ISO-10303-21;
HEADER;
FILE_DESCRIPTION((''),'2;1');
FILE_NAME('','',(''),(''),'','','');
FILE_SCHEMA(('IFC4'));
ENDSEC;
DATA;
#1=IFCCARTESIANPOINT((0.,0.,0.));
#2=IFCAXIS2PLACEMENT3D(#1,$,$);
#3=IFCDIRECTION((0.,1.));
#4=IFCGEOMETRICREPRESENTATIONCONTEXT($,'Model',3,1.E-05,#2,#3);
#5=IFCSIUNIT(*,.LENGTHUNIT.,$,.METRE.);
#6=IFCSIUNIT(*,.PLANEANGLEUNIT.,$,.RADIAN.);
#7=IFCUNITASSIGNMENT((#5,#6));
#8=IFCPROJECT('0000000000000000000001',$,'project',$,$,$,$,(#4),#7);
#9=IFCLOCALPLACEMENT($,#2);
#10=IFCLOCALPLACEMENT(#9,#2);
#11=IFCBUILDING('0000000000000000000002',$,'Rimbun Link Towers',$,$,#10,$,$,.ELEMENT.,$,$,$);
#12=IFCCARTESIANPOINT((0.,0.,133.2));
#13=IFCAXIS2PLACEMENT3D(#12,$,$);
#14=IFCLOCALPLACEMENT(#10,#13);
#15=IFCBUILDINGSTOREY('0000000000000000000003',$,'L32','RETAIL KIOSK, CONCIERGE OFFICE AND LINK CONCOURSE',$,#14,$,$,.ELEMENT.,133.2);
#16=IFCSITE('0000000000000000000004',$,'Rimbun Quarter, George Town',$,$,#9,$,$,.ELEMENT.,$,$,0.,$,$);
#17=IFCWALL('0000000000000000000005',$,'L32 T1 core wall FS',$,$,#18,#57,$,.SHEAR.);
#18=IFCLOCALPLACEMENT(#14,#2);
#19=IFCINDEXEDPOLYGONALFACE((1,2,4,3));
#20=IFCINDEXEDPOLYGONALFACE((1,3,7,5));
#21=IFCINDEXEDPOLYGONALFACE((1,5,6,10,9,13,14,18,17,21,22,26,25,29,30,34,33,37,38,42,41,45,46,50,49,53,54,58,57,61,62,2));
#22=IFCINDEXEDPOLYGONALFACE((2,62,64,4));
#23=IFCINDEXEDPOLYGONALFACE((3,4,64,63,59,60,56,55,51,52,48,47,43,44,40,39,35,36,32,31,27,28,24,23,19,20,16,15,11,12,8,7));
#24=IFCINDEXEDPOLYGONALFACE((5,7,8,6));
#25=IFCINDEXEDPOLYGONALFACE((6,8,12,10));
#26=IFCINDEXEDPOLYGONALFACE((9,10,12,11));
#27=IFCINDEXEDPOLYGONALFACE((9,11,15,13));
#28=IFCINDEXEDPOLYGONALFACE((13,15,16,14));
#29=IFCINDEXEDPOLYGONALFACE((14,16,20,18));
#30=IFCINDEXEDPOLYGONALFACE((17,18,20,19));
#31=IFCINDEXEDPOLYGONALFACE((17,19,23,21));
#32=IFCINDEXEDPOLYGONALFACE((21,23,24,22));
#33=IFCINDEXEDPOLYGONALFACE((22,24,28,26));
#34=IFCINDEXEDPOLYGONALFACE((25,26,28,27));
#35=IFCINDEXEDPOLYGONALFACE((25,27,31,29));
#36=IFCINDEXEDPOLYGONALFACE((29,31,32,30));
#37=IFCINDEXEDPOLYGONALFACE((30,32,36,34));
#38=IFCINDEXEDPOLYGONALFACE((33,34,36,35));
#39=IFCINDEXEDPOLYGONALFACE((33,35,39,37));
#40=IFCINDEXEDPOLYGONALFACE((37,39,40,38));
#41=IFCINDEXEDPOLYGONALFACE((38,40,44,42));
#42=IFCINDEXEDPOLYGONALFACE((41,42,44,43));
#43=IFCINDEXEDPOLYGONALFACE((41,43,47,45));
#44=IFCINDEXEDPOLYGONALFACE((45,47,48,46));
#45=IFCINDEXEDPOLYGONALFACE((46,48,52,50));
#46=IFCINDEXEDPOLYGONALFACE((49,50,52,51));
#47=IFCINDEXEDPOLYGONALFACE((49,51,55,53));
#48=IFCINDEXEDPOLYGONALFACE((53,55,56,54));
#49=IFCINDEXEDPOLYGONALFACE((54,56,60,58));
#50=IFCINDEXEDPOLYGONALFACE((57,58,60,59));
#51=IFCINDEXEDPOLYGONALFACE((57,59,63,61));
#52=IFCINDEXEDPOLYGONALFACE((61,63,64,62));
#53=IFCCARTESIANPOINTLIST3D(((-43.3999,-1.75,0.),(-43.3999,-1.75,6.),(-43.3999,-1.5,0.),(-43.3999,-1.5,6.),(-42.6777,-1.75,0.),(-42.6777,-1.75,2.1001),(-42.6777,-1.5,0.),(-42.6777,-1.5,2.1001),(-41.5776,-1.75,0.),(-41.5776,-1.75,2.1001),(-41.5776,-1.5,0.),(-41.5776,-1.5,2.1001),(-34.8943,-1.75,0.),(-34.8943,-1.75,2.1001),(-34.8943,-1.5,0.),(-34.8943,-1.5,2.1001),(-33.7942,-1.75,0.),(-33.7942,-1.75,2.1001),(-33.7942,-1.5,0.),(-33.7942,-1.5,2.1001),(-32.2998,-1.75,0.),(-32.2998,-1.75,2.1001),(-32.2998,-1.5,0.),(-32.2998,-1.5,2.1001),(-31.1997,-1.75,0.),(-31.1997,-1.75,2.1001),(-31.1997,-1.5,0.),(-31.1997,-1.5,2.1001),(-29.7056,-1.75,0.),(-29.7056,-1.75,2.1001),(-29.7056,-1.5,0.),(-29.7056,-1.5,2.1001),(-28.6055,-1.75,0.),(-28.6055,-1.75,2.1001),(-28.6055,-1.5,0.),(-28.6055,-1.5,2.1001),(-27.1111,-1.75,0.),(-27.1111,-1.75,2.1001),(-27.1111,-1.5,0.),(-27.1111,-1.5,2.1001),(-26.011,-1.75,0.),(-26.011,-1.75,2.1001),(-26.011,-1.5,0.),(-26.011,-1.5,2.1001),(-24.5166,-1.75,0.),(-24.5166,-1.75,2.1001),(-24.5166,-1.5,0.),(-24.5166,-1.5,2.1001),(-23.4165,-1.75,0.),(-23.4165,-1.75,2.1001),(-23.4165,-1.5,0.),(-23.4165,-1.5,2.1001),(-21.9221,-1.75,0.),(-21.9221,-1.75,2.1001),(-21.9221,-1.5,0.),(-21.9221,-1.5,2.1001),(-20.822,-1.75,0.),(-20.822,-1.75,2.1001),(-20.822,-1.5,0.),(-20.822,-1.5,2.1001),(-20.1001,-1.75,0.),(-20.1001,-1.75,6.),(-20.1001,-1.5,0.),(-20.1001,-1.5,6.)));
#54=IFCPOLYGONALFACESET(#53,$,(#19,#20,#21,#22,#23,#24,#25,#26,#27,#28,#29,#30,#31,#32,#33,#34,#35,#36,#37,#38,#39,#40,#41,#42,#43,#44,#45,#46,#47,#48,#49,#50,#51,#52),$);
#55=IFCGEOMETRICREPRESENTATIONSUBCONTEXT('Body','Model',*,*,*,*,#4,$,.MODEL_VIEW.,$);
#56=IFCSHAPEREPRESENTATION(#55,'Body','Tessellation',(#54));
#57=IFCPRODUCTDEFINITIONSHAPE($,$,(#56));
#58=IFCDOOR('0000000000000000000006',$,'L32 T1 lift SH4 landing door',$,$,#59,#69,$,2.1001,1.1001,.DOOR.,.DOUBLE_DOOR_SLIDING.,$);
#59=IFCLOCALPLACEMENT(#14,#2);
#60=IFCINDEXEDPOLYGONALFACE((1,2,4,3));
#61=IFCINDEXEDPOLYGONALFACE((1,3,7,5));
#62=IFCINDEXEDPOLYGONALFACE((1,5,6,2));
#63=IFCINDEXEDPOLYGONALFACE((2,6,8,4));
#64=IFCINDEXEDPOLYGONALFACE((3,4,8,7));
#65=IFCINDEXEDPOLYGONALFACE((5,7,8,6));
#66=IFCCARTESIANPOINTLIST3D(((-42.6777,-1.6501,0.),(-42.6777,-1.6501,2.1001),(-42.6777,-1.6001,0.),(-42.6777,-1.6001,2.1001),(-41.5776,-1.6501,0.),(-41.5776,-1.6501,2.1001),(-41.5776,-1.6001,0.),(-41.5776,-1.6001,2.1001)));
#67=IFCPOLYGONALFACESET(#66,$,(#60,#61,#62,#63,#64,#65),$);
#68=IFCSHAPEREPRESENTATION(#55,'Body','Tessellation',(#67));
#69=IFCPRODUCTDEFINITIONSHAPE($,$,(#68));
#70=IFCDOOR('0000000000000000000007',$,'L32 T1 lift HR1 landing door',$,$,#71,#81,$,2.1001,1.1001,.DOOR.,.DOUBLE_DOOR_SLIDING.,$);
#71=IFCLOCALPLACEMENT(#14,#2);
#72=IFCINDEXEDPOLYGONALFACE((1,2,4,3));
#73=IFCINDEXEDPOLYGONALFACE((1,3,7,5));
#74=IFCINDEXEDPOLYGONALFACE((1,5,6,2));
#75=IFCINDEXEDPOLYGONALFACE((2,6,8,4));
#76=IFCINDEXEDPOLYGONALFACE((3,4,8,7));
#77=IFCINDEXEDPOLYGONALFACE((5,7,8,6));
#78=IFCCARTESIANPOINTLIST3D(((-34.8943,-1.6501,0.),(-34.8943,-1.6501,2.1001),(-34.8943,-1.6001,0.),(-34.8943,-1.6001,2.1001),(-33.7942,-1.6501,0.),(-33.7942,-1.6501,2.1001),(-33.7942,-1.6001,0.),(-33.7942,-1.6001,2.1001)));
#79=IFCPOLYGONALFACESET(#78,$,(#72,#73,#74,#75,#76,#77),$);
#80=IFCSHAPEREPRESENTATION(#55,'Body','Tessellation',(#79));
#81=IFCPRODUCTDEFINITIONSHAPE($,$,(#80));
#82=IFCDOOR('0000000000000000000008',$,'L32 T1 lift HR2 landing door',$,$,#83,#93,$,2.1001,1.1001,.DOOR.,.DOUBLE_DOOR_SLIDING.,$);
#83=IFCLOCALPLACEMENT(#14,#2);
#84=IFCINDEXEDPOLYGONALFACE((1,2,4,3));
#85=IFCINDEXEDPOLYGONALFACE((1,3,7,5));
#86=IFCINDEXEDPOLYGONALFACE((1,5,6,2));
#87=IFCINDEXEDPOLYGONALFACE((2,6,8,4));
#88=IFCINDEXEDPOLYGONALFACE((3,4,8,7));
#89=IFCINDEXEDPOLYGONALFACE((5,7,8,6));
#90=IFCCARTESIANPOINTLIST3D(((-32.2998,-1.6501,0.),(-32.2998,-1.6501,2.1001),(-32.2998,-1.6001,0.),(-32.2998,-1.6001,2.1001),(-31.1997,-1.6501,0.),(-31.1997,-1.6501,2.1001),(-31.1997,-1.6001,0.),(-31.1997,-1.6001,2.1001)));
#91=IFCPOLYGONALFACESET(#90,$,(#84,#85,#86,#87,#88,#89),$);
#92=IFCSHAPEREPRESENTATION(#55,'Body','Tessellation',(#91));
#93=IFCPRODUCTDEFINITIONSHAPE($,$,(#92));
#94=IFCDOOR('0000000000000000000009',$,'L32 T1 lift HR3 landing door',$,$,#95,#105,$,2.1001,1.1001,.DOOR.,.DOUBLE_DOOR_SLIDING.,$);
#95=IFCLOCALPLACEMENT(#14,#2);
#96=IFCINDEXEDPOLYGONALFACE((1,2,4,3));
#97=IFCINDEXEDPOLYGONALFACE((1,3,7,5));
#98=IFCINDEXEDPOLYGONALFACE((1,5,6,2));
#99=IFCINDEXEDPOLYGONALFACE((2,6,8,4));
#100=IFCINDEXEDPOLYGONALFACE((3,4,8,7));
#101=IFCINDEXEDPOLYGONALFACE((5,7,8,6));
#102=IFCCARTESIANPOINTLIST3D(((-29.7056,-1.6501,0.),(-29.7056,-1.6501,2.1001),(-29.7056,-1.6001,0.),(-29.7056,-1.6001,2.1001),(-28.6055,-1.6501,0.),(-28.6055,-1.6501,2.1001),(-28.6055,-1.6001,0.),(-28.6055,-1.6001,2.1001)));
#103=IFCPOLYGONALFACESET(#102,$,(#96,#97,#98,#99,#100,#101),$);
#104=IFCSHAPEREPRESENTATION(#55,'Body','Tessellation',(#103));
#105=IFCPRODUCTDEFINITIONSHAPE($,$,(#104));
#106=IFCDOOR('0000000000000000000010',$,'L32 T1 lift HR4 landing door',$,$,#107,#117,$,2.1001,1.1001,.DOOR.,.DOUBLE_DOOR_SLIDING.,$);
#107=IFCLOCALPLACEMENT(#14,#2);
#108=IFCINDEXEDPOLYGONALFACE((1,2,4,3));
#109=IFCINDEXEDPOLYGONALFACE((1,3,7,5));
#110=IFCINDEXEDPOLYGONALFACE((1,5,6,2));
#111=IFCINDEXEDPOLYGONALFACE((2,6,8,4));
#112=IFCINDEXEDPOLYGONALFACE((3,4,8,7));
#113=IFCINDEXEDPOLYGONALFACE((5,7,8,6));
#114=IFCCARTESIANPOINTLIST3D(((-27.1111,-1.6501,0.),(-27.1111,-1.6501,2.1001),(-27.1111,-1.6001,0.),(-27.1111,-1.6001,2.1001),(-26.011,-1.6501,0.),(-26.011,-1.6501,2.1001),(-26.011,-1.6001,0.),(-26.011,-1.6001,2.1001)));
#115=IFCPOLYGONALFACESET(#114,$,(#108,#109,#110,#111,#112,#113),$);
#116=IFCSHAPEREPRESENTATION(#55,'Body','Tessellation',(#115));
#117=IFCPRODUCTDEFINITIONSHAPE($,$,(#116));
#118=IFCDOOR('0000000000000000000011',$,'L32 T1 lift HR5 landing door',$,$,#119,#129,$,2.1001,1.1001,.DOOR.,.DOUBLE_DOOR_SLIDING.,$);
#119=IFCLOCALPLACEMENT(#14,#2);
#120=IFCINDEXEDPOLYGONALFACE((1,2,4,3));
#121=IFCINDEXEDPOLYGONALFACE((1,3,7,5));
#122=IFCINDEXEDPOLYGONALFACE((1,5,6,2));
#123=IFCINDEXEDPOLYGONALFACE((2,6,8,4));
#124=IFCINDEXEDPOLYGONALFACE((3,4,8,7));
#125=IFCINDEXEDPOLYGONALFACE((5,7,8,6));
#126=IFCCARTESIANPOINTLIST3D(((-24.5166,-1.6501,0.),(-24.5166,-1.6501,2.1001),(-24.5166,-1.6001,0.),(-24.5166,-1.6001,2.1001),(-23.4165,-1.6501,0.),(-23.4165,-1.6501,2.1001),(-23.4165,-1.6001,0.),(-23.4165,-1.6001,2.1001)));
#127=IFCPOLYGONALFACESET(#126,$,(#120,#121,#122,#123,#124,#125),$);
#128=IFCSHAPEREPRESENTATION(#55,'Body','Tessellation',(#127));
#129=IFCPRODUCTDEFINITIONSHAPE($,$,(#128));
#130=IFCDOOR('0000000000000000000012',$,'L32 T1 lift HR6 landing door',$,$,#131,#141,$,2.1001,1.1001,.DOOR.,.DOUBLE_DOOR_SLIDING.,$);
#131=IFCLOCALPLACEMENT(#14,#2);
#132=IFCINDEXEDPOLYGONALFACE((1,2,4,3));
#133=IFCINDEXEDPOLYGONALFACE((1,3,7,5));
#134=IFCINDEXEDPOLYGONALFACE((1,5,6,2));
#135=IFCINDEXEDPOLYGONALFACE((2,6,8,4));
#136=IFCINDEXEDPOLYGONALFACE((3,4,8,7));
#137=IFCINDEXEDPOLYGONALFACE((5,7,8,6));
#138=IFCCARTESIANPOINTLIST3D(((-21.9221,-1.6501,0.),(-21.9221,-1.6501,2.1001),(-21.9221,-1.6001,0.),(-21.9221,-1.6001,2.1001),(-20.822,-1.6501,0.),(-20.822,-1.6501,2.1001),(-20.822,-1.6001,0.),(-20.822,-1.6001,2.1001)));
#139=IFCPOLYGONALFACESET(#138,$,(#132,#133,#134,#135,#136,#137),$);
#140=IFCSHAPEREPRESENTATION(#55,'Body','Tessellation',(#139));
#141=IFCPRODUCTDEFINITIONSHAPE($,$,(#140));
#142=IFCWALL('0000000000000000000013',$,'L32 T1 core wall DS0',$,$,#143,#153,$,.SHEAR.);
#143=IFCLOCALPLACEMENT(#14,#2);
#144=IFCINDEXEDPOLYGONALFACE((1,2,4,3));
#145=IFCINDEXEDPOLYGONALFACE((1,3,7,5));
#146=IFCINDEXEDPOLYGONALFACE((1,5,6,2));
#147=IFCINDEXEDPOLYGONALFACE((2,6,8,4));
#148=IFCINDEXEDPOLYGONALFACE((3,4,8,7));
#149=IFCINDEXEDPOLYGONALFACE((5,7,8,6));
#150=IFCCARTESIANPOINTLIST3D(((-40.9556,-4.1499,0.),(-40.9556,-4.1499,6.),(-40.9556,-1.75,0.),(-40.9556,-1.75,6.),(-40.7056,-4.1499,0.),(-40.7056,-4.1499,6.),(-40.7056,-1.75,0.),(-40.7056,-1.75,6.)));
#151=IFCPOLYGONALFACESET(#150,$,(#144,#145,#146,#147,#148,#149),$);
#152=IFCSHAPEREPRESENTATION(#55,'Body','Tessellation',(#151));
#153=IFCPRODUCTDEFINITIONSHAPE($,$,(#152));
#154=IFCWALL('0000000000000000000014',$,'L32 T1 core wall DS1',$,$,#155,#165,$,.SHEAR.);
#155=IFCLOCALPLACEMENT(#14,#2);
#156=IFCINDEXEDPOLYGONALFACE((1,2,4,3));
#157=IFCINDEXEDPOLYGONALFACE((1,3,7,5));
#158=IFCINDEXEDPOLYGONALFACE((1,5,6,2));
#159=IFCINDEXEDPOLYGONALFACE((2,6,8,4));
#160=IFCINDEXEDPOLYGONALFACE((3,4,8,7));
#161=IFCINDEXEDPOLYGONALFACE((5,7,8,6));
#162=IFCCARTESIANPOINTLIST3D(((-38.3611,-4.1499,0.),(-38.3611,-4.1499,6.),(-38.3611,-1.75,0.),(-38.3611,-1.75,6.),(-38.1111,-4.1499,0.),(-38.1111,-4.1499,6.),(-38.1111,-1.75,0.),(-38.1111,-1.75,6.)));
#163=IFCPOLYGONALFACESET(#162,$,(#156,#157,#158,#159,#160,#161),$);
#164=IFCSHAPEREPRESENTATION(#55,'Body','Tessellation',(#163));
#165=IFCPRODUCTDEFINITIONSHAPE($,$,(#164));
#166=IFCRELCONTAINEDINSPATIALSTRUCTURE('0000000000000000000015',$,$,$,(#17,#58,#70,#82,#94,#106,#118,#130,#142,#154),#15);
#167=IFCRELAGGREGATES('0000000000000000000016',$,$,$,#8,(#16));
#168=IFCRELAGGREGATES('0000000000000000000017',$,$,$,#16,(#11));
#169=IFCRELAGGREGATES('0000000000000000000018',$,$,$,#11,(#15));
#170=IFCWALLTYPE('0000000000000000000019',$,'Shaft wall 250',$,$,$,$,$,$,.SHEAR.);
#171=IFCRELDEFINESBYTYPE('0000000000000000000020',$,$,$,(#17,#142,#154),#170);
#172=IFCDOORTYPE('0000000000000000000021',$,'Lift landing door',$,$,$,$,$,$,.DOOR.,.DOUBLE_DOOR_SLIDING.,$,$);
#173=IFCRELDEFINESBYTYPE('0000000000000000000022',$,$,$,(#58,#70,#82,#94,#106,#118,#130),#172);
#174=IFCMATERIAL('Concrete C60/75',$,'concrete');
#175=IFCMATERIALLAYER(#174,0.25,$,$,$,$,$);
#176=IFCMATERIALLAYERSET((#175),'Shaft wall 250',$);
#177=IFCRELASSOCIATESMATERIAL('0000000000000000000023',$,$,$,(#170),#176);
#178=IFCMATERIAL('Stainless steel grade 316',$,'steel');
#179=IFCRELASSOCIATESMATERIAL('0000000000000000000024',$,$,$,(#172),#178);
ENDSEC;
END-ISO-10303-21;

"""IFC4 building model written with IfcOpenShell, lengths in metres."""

from ifc_helpers import new_model, si_unit, direction, frame, frame_2d, origin, place, context, subcontext, project, spatial, rectangle, extrude, material, layer, layer_set, type_object, element, fill, save


model = new_model("IFC4")

# Units and contexts
model_context = context("Model", 3, precision=1e-05, world=origin(), true_north=direction((0.0, 1.0)))
body_context = subcontext(model_context, "Body", "Model", "MODEL_VIEW")
ifc_project = project(units=[si_unit("LENGTHUNIT", "METRE"), si_unit("PLANEANGLEUNIT", "RADIAN")], contexts=[model_context])

# Site, building, storey
site_placement = place(None, origin())
site = spatial("IfcSite", under=ifc_project, at=site_placement, Name="Rimbun Quarter, George Town", CompositionType="ELEMENT", RefElevation=0.0)
building_placement = place(site_placement, origin())
building = spatial("IfcBuilding", under=site, at=building_placement, Name="Rimbun Link Towers", CompositionType="ELEMENT")
storey_placement = place(building_placement, frame((0.0, 0.0, 133.2)))
storey = spatial("IfcBuildingStorey", under=building, at=storey_placement, Name="L32", Description="RETAIL KIOSK, CONCIERGE OFFICE AND LINK CONCOURSE", CompositionType="ELEMENT", Elevation=133.2)

# Shared definitions
ifc_material_1 = material(Name="Concrete C60/75", Category="concrete")
ifc_layer_1 = layer(ifc_material_1, 0.25)
ifc_layer_set_1 = layer_set([ifc_layer_1], Name="Shaft wall 250")
wall_type_1 = type_object("IfcWallType", Name="Shaft wall 250", PredefinedType="SHEAR", material=ifc_layer_set_1)

# Wall, openings, doors
wall_1_placement = place(storey_placement, frame((-43.3999, -1.625, 0.0), z_axis=(0.0, 0.0, 1.0), x_axis=(1.0, 0.0, 0.0)))
wall_1 = element("IfcWall", 1, at=wall_1_placement, inside=storey, type_object=wall_type_1, Name="L32 T1 core wall FS", PredefinedType="SHEAR", context=body_context, shape_type="SweptSolid", body=[
    extrude(rectangle(XDim=23.2998, YDim=0.25, at=frame_2d((11.6499, 0.0))), origin(), (0.0, 0.0, 1.0), 6.0),
])
opening_1_placement = place(wall_1_placement, frame((0.7222, 0.0, 0.0)))
opening_1 = element("IfcOpeningElement", 2, at=opening_1_placement, cuts=wall_1, PredefinedType="OPENING", context=body_context, shape_type="SweptSolid", body=[
    extrude(rectangle(XDim=1.1001, YDim=2.1001, at=frame_2d((0.55, 1.05))), frame((0.0, 0.135, 0.0), z_axis=(0.0, -1.0, 0.0), x_axis=(1.0, 0.0, 0.0)), (0.0, 0.0, 1.0), 0.27),
])
opening_2_placement = place(wall_1_placement, frame((8.5056, 0.0, 0.0)))
opening_2 = element("IfcOpeningElement", 3, at=opening_2_placement, cuts=wall_1, PredefinedType="OPENING", context=body_context, shape_type="SweptSolid", body=[
    extrude(rectangle(XDim=1.1001, YDim=2.1001, at=frame_2d((0.55, 1.05))), frame((0.0, 0.135, 0.0), z_axis=(0.0, -1.0, 0.0), x_axis=(1.0, 0.0, 0.0)), (0.0, 0.0, 1.0), 0.27),
])
opening_3_placement = place(wall_1_placement, frame((11.1001, 0.0, 0.0)))
opening_3 = element("IfcOpeningElement", 4, at=opening_3_placement, cuts=wall_1, PredefinedType="OPENING", context=body_context, shape_type="SweptSolid", body=[
    extrude(rectangle(XDim=1.1001, YDim=2.1001, at=frame_2d((0.55, 1.05))), frame((0.0, 0.135, 0.0), z_axis=(0.0, -1.0, 0.0), x_axis=(1.0, 0.0, 0.0)), (0.0, 0.0, 1.0), 0.27),
])
opening_4_placement = place(wall_1_placement, frame((13.6943, 0.0, 0.0)))
opening_4 = element("IfcOpeningElement", 5, at=opening_4_placement, cuts=wall_1, PredefinedType="OPENING", context=body_context, shape_type="SweptSolid", body=[
    extrude(rectangle(XDim=1.1001, YDim=2.1001, at=frame_2d((0.55, 1.05))), frame((0.0, 0.135, 0.0), z_axis=(0.0, -1.0, 0.0), x_axis=(1.0, 0.0, 0.0)), (0.0, 0.0, 1.0), 0.27),
])
opening_5_placement = place(wall_1_placement, frame((16.2888, 0.0, 0.0)))
opening_5 = element("IfcOpeningElement", 6, at=opening_5_placement, cuts=wall_1, PredefinedType="OPENING", context=body_context, shape_type="SweptSolid", body=[
    extrude(rectangle(XDim=1.1001, YDim=2.1001, at=frame_2d((0.55, 1.05))), frame((0.0, 0.135, 0.0), z_axis=(0.0, -1.0, 0.0), x_axis=(1.0, 0.0, 0.0)), (0.0, 0.0, 1.0), 0.27),
])
opening_6_placement = place(wall_1_placement, frame((18.8833, 0.0, 0.0)))
opening_6 = element("IfcOpeningElement", 7, at=opening_6_placement, cuts=wall_1, PredefinedType="OPENING", context=body_context, shape_type="SweptSolid", body=[
    extrude(rectangle(XDim=1.1001, YDim=2.1001, at=frame_2d((0.55, 1.05))), frame((0.0, 0.135, 0.0), z_axis=(0.0, -1.0, 0.0), x_axis=(1.0, 0.0, 0.0)), (0.0, 0.0, 1.0), 0.27),
])
opening_7_placement = place(wall_1_placement, frame((21.4778, 0.0, 0.0)))
opening_7 = element("IfcOpeningElement", 8, at=opening_7_placement, cuts=wall_1, PredefinedType="OPENING", context=body_context, shape_type="SweptSolid", body=[
    extrude(rectangle(XDim=1.1001, YDim=2.1001, at=frame_2d((0.55, 1.05))), frame((0.0, 0.135, 0.0), z_axis=(0.0, -1.0, 0.0), x_axis=(1.0, 0.0, 0.0)), (0.0, 0.0, 1.0), 0.27),
])
ifc_material_2 = material(Name="Stainless steel grade 316", Category="steel")
door_type_1 = type_object("IfcDoorType", Name="Lift landing door", OperationType="DOUBLE_DOOR_SLIDING", PredefinedType="DOOR", material=ifc_material_2)
door_1_placement = place(opening_1_placement, origin())
door_1 = element("IfcDoor", 9, at=door_1_placement, inside=storey, type_object=door_type_1, Name="L32 T1 lift SH4 landing door", OperationType="DOUBLE_DOOR_SLIDING", OverallHeight=2.1001, OverallWidth=1.1001, PredefinedType="DOOR", context=body_context, shape_type="SweptSolid", body=[
    extrude(rectangle(XDim=1.1001, YDim=2.1001, at=frame_2d((0.55, 1.05))), frame((0.0, 0.0249, 0.0), z_axis=(0.0, -1.0, 0.0), x_axis=(1.0, 0.0, 0.0)), (0.0, 0.0, 1.0), 0.05),
])
fill(opening_1, door_1)
door_2_placement = place(opening_2_placement, origin())
door_2 = element("IfcDoor", 10, at=door_2_placement, inside=storey, type_object=door_type_1, Name="L32 T1 lift HR1 landing door", OperationType="DOUBLE_DOOR_SLIDING", OverallHeight=2.1001, OverallWidth=1.1001, PredefinedType="DOOR", context=body_context, shape_type="SweptSolid", body=[
    extrude(rectangle(XDim=1.1001, YDim=2.1001, at=frame_2d((0.55, 1.05))), frame((0.0, 0.0249, 0.0), z_axis=(0.0, -1.0, 0.0), x_axis=(1.0, 0.0, 0.0)), (0.0, 0.0, 1.0), 0.05),
])
fill(opening_2, door_2)
door_3_placement = place(opening_3_placement, origin())
door_3 = element("IfcDoor", 11, at=door_3_placement, inside=storey, type_object=door_type_1, Name="L32 T1 lift HR2 landing door", OperationType="DOUBLE_DOOR_SLIDING", OverallHeight=2.1001, OverallWidth=1.1001, PredefinedType="DOOR", context=body_context, shape_type="SweptSolid", body=[
    extrude(rectangle(XDim=1.1001, YDim=2.1001, at=frame_2d((0.55, 1.05))), frame((0.0, 0.0249, 0.0), z_axis=(0.0, -1.0, 0.0), x_axis=(1.0, 0.0, 0.0)), (0.0, 0.0, 1.0), 0.05),
])
fill(opening_3, door_3)
door_4_placement = place(opening_4_placement, origin())
door_4 = element("IfcDoor", 12, at=door_4_placement, inside=storey, type_object=door_type_1, Name="L32 T1 lift HR3 landing door", OperationType="DOUBLE_DOOR_SLIDING", OverallHeight=2.1001, OverallWidth=1.1001, PredefinedType="DOOR", context=body_context, shape_type="SweptSolid", body=[
    extrude(rectangle(XDim=1.1001, YDim=2.1001, at=frame_2d((0.55, 1.05))), frame((0.0, 0.0249, 0.0), z_axis=(0.0, -1.0, 0.0), x_axis=(1.0, 0.0, 0.0)), (0.0, 0.0, 1.0), 0.05),
])
fill(opening_4, door_4)
door_5_placement = place(opening_5_placement, origin())
door_5 = element("IfcDoor", 13, at=door_5_placement, inside=storey, type_object=door_type_1, Name="L32 T1 lift HR4 landing door", OperationType="DOUBLE_DOOR_SLIDING", OverallHeight=2.1001, OverallWidth=1.1001, PredefinedType="DOOR", context=body_context, shape_type="SweptSolid", body=[
    extrude(rectangle(XDim=1.1001, YDim=2.1001, at=frame_2d((0.55, 1.05))), frame((0.0, 0.0249, 0.0), z_axis=(0.0, -1.0, 0.0), x_axis=(1.0, 0.0, 0.0)), (0.0, 0.0, 1.0), 0.05),
])
fill(opening_5, door_5)
door_6_placement = place(opening_6_placement, origin())
door_6 = element("IfcDoor", 14, at=door_6_placement, inside=storey, type_object=door_type_1, Name="L32 T1 lift HR5 landing door", OperationType="DOUBLE_DOOR_SLIDING", OverallHeight=2.1001, OverallWidth=1.1001, PredefinedType="DOOR", context=body_context, shape_type="SweptSolid", body=[
    extrude(rectangle(XDim=1.1001, YDim=2.1001, at=frame_2d((0.55, 1.05))), frame((0.0, 0.0249, 0.0), z_axis=(0.0, -1.0, 0.0), x_axis=(1.0, 0.0, 0.0)), (0.0, 0.0, 1.0), 0.05),
])
fill(opening_6, door_6)
door_7_placement = place(opening_7_placement, origin())
door_7 = element("IfcDoor", 15, at=door_7_placement, inside=storey, type_object=door_type_1, Name="L32 T1 lift HR6 landing door", OperationType="DOUBLE_DOOR_SLIDING", OverallHeight=2.1001, OverallWidth=1.1001, PredefinedType="DOOR", context=body_context, shape_type="SweptSolid", body=[
    extrude(rectangle(XDim=1.1001, YDim=2.1001, at=frame_2d((0.55, 1.05))), frame((0.0, 0.0249, 0.0), z_axis=(0.0, -1.0, 0.0), x_axis=(1.0, 0.0, 0.0)), (0.0, 0.0, 1.0), 0.05),
])
fill(opening_7, door_7)

# Walls
for number, where, z_axis, x_axis, name in (
    (16, (-40.8306, -4.1499, 0.0), (0.0, 0.0, 1.0), (0.0, 1.0, 0.0), "L32 T1 core wall DS0"),
    (17, (-38.2361, -4.1499, 0.0), (0.0, 0.0, 1.0), (0.0, 1.0, 0.0), "L32 T1 core wall DS1"),
):
    element("IfcWall", number, at=place(storey_placement, frame(where, z_axis=z_axis, x_axis=x_axis)), inside=storey, type_object=wall_type_1, Name=name, PredefinedType="SHEAR", context=body_context, shape_type="SweptSolid", body=[
        extrude(rectangle(XDim=2.3999, YDim=0.25, at=frame_2d((1.2, 0.0))), origin(), (0.0, 0.0, 1.0), 6.0),
    ])

save(model, "model.ifc")
